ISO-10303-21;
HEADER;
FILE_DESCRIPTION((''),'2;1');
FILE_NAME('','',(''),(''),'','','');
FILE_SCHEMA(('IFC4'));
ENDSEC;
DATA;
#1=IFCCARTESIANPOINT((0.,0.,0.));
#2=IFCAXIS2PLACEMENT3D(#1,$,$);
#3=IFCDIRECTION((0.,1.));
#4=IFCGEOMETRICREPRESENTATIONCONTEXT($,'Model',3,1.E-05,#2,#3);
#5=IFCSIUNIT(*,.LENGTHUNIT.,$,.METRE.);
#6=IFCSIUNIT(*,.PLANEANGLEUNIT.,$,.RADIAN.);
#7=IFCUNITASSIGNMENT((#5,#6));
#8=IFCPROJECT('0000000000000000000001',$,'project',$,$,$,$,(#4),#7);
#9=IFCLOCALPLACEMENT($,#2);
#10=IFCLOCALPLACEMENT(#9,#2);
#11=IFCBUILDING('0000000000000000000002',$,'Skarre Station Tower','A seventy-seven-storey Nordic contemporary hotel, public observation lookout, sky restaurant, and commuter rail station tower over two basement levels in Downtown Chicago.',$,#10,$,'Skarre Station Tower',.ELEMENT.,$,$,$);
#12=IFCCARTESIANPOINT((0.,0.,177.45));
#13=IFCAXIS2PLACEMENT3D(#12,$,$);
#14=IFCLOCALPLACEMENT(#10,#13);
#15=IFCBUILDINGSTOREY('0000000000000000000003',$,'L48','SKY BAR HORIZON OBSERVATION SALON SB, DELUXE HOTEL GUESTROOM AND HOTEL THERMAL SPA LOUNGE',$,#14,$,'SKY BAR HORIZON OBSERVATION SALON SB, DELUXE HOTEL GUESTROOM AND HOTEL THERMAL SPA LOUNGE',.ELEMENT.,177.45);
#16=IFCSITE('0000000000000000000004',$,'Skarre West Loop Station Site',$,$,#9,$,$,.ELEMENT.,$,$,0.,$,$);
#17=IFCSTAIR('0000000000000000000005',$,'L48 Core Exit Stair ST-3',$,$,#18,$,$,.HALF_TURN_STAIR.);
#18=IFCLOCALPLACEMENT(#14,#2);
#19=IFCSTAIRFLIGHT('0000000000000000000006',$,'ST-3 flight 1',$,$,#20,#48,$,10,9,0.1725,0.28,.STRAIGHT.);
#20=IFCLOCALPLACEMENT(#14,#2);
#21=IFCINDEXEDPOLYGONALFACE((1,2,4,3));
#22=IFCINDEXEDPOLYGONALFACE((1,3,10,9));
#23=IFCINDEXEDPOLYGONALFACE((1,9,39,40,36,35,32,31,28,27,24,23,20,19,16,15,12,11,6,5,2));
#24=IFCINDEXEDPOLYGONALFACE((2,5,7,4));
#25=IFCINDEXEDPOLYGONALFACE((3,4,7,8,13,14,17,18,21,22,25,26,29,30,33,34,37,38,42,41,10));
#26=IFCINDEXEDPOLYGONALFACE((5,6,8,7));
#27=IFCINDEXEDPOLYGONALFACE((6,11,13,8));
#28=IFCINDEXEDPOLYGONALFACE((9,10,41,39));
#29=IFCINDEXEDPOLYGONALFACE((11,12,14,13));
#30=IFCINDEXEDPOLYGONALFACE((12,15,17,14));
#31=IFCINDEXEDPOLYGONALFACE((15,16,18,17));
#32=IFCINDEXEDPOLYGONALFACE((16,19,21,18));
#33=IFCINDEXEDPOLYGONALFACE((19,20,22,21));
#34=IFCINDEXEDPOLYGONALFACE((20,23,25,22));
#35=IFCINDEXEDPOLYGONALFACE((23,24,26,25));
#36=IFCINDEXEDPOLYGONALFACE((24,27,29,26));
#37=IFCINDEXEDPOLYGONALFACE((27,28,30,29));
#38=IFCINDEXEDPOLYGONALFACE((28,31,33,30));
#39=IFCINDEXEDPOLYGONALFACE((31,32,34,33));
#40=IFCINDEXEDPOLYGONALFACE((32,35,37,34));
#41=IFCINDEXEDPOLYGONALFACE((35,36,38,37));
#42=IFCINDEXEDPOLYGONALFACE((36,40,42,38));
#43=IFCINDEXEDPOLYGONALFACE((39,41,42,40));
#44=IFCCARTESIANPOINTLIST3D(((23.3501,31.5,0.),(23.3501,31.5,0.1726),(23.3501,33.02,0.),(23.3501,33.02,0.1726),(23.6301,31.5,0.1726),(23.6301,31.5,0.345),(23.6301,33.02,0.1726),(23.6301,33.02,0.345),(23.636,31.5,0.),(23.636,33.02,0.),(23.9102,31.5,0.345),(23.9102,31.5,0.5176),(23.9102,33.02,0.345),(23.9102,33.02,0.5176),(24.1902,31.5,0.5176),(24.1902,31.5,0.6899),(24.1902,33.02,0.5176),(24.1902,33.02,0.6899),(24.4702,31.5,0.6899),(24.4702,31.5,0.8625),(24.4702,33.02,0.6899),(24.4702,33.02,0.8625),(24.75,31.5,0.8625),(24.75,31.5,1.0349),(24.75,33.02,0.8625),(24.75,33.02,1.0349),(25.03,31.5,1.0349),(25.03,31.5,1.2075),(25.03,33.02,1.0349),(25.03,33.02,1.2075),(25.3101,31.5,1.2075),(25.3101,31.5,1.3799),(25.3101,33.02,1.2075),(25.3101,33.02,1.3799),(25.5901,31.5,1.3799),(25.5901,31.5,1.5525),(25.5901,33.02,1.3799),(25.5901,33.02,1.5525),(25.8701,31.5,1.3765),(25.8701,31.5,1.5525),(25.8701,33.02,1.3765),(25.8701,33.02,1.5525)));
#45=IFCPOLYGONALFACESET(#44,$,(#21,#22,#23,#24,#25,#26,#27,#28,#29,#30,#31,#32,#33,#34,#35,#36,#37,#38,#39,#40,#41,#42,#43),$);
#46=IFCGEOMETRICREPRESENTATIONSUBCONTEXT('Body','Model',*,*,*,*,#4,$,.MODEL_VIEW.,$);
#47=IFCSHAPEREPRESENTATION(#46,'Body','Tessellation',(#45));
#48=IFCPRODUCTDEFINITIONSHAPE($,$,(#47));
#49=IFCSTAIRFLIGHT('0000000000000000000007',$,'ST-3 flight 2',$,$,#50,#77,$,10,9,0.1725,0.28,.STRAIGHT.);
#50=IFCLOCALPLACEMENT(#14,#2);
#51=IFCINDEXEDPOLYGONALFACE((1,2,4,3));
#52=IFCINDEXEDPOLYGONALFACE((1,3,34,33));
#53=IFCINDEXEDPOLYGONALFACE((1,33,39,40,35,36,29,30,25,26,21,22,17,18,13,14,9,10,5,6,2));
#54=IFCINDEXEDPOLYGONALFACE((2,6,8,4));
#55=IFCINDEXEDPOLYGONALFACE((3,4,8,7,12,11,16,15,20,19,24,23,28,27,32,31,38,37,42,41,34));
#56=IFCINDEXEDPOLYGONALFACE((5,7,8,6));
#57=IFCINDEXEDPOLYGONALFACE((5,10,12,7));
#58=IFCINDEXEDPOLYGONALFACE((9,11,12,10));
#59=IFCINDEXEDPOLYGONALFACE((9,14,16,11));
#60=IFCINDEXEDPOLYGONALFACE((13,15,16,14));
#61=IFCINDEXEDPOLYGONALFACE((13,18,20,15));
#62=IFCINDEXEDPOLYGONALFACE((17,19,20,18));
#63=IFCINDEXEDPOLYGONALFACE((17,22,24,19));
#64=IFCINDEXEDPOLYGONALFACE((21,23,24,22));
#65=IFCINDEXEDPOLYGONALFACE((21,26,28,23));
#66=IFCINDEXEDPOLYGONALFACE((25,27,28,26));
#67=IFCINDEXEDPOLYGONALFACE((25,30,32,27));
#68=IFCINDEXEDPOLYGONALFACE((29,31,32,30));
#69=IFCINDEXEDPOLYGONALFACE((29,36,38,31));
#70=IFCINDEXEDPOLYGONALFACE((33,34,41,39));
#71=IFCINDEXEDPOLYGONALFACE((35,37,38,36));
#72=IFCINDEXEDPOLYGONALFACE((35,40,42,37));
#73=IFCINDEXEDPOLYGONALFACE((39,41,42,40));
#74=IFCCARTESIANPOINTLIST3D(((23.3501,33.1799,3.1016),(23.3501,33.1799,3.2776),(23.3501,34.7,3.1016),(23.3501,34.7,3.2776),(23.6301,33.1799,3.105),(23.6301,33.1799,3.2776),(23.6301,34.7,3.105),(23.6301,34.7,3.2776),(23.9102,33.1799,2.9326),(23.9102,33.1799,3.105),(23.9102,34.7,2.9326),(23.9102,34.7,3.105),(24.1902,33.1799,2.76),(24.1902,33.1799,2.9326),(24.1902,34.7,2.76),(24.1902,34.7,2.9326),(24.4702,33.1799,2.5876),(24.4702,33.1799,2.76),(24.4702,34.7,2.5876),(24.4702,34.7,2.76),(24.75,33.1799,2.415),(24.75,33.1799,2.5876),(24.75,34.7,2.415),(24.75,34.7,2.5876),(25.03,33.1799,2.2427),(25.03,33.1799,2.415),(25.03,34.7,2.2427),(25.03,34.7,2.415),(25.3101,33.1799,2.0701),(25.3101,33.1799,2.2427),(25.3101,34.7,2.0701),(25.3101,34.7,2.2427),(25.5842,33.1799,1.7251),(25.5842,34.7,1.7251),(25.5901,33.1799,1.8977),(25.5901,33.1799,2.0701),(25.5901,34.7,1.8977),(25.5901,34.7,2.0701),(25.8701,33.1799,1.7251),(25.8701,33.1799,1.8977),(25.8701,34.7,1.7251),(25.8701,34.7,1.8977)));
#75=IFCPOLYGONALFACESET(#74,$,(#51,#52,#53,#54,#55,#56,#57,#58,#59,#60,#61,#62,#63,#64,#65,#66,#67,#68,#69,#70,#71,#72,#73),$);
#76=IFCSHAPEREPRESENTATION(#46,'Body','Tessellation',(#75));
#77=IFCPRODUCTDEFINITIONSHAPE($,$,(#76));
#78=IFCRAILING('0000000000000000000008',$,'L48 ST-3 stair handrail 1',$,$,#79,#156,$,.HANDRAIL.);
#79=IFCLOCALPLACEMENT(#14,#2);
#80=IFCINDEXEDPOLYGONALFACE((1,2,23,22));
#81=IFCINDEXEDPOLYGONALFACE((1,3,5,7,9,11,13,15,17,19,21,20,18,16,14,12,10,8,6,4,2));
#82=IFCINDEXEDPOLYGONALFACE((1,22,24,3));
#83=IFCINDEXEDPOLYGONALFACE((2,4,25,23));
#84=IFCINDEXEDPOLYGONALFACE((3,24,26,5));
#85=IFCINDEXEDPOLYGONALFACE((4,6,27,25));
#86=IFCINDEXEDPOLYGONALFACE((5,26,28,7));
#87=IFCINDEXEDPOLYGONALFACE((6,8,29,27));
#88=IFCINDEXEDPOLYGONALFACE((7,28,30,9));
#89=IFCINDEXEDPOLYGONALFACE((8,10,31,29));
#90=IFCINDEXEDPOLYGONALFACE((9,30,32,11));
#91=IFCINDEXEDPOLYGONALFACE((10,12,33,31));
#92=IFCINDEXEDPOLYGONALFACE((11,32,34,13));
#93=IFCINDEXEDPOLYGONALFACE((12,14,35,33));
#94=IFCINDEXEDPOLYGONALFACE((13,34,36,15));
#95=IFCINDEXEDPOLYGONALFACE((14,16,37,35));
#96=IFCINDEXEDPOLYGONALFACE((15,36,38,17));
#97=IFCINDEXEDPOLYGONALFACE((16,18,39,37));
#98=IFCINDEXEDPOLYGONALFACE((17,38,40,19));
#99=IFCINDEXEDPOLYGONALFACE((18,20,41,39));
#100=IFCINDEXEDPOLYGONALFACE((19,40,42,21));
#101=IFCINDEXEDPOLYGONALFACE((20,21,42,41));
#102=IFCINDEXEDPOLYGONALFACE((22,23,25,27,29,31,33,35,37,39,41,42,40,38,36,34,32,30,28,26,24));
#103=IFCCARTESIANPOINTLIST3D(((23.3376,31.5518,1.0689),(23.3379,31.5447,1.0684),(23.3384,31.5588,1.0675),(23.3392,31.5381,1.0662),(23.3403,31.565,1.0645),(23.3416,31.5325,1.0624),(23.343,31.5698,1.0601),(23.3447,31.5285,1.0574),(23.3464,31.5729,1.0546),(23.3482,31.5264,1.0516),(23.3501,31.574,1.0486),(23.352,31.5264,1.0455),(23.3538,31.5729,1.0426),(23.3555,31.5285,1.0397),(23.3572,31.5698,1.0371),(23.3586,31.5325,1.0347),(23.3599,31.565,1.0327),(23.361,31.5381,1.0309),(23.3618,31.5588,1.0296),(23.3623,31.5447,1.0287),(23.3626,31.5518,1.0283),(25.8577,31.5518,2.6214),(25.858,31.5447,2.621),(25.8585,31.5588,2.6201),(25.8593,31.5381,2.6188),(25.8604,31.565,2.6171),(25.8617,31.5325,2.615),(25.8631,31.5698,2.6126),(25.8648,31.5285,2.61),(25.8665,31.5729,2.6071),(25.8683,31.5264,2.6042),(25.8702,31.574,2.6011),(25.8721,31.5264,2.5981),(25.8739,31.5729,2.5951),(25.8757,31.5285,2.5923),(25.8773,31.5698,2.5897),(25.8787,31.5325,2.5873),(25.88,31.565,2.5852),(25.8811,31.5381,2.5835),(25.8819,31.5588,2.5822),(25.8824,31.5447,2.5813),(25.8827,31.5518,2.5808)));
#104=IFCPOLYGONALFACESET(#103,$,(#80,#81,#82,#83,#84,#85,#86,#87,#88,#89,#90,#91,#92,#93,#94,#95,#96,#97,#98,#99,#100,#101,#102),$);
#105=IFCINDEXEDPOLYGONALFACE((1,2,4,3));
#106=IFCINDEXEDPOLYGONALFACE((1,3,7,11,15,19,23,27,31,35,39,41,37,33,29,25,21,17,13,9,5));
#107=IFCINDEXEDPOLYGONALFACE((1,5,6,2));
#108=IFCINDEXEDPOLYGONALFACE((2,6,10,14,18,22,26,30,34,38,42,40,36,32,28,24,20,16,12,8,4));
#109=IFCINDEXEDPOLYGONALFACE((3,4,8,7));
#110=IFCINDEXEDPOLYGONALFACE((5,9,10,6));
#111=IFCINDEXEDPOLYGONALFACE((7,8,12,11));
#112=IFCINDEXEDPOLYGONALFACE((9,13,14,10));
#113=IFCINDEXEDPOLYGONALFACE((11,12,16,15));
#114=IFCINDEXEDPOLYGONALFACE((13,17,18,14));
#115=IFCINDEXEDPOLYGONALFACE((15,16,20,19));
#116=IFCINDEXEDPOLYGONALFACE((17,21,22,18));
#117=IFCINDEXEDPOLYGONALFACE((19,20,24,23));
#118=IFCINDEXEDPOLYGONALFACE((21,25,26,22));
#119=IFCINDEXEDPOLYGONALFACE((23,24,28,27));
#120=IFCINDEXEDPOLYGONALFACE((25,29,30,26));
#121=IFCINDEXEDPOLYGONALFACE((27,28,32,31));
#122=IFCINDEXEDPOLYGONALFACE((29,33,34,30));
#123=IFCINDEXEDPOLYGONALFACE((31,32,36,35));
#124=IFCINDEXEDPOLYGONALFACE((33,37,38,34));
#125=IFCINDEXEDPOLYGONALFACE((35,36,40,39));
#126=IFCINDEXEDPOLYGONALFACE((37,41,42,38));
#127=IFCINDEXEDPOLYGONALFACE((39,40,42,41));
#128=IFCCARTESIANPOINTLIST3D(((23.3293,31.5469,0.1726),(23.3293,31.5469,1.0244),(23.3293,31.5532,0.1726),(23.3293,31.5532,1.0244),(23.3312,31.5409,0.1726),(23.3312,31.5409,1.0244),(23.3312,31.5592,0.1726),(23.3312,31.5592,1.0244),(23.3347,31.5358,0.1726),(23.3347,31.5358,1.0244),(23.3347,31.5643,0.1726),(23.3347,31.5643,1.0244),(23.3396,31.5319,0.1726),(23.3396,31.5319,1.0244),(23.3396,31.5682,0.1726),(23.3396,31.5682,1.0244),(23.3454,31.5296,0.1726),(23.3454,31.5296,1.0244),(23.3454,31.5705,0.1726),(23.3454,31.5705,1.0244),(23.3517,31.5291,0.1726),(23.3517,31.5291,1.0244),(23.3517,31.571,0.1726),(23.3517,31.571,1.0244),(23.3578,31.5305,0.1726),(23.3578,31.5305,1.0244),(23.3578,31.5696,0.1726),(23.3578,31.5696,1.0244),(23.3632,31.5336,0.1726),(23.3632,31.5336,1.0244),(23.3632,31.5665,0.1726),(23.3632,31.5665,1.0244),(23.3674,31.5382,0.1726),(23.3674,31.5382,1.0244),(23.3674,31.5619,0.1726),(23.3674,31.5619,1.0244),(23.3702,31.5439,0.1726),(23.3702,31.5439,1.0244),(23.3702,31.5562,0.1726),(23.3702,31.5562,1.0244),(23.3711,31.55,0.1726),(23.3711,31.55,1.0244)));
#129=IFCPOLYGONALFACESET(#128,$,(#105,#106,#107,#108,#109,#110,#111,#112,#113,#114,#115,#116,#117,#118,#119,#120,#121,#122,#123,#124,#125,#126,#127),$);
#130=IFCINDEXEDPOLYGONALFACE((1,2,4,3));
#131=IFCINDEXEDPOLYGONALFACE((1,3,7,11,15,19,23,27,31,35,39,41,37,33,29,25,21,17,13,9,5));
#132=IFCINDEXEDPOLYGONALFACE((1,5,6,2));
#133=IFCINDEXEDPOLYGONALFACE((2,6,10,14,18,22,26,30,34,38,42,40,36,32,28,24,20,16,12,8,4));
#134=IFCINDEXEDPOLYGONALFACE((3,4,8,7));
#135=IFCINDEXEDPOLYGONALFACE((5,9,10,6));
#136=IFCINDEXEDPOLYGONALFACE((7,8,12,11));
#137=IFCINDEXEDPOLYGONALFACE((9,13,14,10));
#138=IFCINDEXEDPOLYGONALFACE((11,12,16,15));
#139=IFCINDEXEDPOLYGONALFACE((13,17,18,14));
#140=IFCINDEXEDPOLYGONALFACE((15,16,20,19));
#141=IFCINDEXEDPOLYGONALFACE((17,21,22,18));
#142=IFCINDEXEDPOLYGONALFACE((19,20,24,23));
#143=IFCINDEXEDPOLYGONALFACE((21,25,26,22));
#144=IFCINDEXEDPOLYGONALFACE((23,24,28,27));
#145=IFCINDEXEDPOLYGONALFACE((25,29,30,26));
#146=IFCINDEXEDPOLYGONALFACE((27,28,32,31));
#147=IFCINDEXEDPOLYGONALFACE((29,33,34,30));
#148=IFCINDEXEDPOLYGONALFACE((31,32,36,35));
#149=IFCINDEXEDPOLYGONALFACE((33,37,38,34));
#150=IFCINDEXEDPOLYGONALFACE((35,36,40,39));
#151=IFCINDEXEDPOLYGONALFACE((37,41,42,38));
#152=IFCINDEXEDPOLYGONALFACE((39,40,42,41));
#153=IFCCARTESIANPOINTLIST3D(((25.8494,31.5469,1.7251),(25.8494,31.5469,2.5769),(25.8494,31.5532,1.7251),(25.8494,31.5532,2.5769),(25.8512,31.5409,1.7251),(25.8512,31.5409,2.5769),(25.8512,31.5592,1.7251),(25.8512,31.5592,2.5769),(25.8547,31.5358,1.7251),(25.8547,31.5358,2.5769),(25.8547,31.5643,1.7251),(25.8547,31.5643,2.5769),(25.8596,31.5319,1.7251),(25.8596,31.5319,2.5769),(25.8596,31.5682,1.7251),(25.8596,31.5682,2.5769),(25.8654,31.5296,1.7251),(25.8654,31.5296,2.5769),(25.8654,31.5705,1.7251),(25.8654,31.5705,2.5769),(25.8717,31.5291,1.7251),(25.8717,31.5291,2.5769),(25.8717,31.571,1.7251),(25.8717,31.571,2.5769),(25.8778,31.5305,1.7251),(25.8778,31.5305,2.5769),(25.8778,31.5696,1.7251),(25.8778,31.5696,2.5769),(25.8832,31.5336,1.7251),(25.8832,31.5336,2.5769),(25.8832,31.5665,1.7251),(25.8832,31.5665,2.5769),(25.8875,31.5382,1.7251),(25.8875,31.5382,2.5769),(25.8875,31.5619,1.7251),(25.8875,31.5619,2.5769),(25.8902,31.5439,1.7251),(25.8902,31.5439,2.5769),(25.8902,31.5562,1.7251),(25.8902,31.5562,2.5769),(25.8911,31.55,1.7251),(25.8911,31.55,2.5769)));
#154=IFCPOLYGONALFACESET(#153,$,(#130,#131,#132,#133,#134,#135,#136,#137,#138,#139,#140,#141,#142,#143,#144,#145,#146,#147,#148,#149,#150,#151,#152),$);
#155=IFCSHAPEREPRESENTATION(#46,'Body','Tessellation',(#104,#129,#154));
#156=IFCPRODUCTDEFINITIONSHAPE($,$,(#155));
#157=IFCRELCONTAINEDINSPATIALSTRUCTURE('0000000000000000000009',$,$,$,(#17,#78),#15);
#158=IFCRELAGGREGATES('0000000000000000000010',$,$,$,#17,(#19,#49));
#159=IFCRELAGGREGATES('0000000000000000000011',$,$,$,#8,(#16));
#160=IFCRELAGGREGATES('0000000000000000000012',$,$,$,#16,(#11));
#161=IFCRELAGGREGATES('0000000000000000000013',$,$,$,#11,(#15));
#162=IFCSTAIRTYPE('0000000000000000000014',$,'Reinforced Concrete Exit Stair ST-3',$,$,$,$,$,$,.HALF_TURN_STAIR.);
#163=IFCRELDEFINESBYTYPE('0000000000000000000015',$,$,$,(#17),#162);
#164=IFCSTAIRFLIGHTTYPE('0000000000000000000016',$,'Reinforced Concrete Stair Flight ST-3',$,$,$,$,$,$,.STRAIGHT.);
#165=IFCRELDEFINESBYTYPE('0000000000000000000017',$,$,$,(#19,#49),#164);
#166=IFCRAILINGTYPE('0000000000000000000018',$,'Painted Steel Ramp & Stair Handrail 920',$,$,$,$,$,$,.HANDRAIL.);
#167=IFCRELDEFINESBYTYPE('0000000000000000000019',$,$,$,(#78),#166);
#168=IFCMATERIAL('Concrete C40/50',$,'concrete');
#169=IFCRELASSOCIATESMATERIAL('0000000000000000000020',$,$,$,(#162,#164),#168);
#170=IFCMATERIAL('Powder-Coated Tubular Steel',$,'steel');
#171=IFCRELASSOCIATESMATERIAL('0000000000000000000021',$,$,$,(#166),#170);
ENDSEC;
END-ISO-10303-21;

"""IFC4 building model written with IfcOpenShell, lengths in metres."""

from ifc_helpers import new_model, si_unit, direction, frame, origin, origin_2d, place, context, subcontext, project, spatial, polyline, circle, outline, extrude, material, type_object, element, aggregate, save


model = new_model("IFC4")

# Units and contexts
model_context = context("Model", 3, precision=1e-05, world=origin(), true_north=direction((0.0, 1.0)))
body_context = subcontext(model_context, "Body", "Model", "MODEL_VIEW")
ifc_project = project(units=[si_unit("LENGTHUNIT", "METRE"), si_unit("PLANEANGLEUNIT", "RADIAN")], contexts=[model_context])

# Site, building, storey
site_placement = place(None, origin())
site = spatial("IfcSite", under=ifc_project, at=site_placement, Name="Skarre West Loop Station Site", CompositionType="ELEMENT", RefElevation=0.0)
building_placement = place(site_placement, origin())
building = spatial("IfcBuilding", under=site, at=building_placement, Name="Skarre Station Tower", Description="A seventy-seven-storey Nordic contemporary hotel, public observation lookout, sky restaurant, and commuter rail station tower over two basement levels in Downtown Chicago.", LongName="Skarre Station Tower", CompositionType="ELEMENT")
storey_placement = place(building_placement, frame((0.0, 0.0, 177.45)))
storey = spatial("IfcBuildingStorey", under=building, at=storey_placement, Name="L48", Description="SKY BAR HORIZON OBSERVATION SALON SB, DELUXE HOTEL GUESTROOM AND HOTEL THERMAL SPA LOUNGE", LongName="SKY BAR HORIZON OBSERVATION SALON SB, DELUXE HOTEL GUESTROOM AND HOTEL THERMAL SPA LOUNGE", CompositionType="ELEMENT", Elevation=177.45)

# Stair, stair flights
ifc_material_1 = material(Name="Concrete C40/50", Category="concrete")
stair_type = type_object("IfcStairType", Name="Reinforced Concrete Exit Stair ST-3", PredefinedType="HALF_TURN_STAIR", material=ifc_material_1)
stair_placement = place(storey_placement, origin())
stair = element("IfcStair", 1, at=stair_placement, inside=storey, type_object=stair_type, Name="L48 Core Exit Stair ST-3", PredefinedType="HALF_TURN_STAIR")
stair_flight_type = type_object("IfcStairFlightType", Name="Reinforced Concrete Stair Flight ST-3", PredefinedType="STRAIGHT", material=ifc_material_1)
stair_flight_1_placement = place(storey_placement, frame((23.3501, 32.26, 0.0), z_axis=(0.0, 0.0, 1.0), x_axis=(1.0, 0.0, 0.0)))
stair_flight_1 = element("IfcStairFlight", 2, at=stair_flight_1_placement, type_object=stair_flight_type, Name="ST-3 flight 1", NumberOfRisers=10, NumberOfTreads=9, PredefinedType="STRAIGHT", RiserHeight=0.1725, TreadLength=0.28, context=body_context, shape_type="SweptSolid", body=[
    extrude(outline(polyline([(0.0, 0.0), (0.0, 0.1726), (0.28, 0.1726), (0.28, 0.345), (0.5601, 0.345), (0.5601, 0.5176), (0.8401, 0.5176), (0.8401, 0.6899), (1.1201, 0.6899), (1.1201, 0.8625), (1.3999, 0.8625), (1.3999, 1.0349), (1.6799, 1.0349), (1.6799, 1.2075), (1.96, 1.2075), (1.96, 1.3799), (2.24, 1.3799), (2.24, 1.5525), (2.52, 1.5525), (2.52, 1.7251), (2.52, 1.3765), (0.2859, 0.0), (0.0, 0.0)])), frame((0.0, 0.76, 0.0), z_axis=(0.0, -1.0, 0.0), x_axis=(1.0, 0.0, 0.0)), (0.0, 0.0, 1.0), 1.52),
])
stair_flight_2_placement = place(storey_placement, frame((25.8701, 33.9399, 1.7251), z_axis=(0.0, 0.0, 1.0), x_axis=(-1.0, 0.0, 0.0)))
stair_flight_2 = element("IfcStairFlight", 3, at=stair_flight_2_placement, type_object=stair_flight_type, Name="ST-3 flight 2", NumberOfRisers=10, NumberOfTreads=9, PredefinedType="STRAIGHT", RiserHeight=0.1725, TreadLength=0.28, context=body_context, shape_type="SweptSolid", body=[
    extrude(outline(polyline([(0.0, 0.0), (0.0, 0.1726), (0.28, 0.1726), (0.28, 0.345), (0.5601, 0.345), (0.5601, 0.5176), (0.8401, 0.5176), (0.8401, 0.6899), (1.1201, 0.6899), (1.1201, 0.8625), (1.3999, 0.8625), (1.3999, 1.0349), (1.6799, 1.0349), (1.6799, 1.2075), (1.96, 1.2075), (1.96, 1.3799), (2.24, 1.3799), (2.24, 1.5525), (2.52, 1.5525), (2.52, 1.7251), (2.52, 1.3765), (0.2859, 0.0), (0.0, 0.0)])), frame((0.0, 0.76, 0.0), z_axis=(0.0, -1.0, 0.0), x_axis=(1.0, 0.0, 0.0)), (0.0, 0.0, 1.0), 1.52),
])
aggregate(stair, [stair_flight_1, stair_flight_2])

# Railing
ifc_material_2 = material(Name="Powder-Coated Tubular Steel", Category="steel")
railing_type_1 = type_object("IfcRailingType", Name="Painted Steel Ramp & Stair Handrail 920", PredefinedType="HANDRAIL", material=ifc_material_2)
railing_1_placement = place(storey_placement, frame((23.3501, 31.55, 0.1726)))
element("IfcRailing", 4, at=railing_1_placement, inside=storey, type_object=railing_type_1, Name="L48 ST-3 stair handrail 1", PredefinedType="HANDRAIL", context=body_context, shape_type="SweptSolid", body=[
    extrude(circle(Radius=0.0239, at=origin_2d()), frame((0.0, 0.0, 0.876), z_axis=(0.8514, 0.0, 0.524516), x_axis=(0.0, 1.0, 0.0)), (0.0, 0.0, 1.0), 2.96),
    extrude(circle(Radius=0.021, at=origin_2d()), origin(), (0.0, 0.0, 1.0), 0.8518),
    extrude(circle(Radius=0.021, at=origin_2d()), frame((2.52, 0.0, 1.5525)), (0.0, 0.0, 1.0), 0.8518),
])

save(model, "model.ifc")
